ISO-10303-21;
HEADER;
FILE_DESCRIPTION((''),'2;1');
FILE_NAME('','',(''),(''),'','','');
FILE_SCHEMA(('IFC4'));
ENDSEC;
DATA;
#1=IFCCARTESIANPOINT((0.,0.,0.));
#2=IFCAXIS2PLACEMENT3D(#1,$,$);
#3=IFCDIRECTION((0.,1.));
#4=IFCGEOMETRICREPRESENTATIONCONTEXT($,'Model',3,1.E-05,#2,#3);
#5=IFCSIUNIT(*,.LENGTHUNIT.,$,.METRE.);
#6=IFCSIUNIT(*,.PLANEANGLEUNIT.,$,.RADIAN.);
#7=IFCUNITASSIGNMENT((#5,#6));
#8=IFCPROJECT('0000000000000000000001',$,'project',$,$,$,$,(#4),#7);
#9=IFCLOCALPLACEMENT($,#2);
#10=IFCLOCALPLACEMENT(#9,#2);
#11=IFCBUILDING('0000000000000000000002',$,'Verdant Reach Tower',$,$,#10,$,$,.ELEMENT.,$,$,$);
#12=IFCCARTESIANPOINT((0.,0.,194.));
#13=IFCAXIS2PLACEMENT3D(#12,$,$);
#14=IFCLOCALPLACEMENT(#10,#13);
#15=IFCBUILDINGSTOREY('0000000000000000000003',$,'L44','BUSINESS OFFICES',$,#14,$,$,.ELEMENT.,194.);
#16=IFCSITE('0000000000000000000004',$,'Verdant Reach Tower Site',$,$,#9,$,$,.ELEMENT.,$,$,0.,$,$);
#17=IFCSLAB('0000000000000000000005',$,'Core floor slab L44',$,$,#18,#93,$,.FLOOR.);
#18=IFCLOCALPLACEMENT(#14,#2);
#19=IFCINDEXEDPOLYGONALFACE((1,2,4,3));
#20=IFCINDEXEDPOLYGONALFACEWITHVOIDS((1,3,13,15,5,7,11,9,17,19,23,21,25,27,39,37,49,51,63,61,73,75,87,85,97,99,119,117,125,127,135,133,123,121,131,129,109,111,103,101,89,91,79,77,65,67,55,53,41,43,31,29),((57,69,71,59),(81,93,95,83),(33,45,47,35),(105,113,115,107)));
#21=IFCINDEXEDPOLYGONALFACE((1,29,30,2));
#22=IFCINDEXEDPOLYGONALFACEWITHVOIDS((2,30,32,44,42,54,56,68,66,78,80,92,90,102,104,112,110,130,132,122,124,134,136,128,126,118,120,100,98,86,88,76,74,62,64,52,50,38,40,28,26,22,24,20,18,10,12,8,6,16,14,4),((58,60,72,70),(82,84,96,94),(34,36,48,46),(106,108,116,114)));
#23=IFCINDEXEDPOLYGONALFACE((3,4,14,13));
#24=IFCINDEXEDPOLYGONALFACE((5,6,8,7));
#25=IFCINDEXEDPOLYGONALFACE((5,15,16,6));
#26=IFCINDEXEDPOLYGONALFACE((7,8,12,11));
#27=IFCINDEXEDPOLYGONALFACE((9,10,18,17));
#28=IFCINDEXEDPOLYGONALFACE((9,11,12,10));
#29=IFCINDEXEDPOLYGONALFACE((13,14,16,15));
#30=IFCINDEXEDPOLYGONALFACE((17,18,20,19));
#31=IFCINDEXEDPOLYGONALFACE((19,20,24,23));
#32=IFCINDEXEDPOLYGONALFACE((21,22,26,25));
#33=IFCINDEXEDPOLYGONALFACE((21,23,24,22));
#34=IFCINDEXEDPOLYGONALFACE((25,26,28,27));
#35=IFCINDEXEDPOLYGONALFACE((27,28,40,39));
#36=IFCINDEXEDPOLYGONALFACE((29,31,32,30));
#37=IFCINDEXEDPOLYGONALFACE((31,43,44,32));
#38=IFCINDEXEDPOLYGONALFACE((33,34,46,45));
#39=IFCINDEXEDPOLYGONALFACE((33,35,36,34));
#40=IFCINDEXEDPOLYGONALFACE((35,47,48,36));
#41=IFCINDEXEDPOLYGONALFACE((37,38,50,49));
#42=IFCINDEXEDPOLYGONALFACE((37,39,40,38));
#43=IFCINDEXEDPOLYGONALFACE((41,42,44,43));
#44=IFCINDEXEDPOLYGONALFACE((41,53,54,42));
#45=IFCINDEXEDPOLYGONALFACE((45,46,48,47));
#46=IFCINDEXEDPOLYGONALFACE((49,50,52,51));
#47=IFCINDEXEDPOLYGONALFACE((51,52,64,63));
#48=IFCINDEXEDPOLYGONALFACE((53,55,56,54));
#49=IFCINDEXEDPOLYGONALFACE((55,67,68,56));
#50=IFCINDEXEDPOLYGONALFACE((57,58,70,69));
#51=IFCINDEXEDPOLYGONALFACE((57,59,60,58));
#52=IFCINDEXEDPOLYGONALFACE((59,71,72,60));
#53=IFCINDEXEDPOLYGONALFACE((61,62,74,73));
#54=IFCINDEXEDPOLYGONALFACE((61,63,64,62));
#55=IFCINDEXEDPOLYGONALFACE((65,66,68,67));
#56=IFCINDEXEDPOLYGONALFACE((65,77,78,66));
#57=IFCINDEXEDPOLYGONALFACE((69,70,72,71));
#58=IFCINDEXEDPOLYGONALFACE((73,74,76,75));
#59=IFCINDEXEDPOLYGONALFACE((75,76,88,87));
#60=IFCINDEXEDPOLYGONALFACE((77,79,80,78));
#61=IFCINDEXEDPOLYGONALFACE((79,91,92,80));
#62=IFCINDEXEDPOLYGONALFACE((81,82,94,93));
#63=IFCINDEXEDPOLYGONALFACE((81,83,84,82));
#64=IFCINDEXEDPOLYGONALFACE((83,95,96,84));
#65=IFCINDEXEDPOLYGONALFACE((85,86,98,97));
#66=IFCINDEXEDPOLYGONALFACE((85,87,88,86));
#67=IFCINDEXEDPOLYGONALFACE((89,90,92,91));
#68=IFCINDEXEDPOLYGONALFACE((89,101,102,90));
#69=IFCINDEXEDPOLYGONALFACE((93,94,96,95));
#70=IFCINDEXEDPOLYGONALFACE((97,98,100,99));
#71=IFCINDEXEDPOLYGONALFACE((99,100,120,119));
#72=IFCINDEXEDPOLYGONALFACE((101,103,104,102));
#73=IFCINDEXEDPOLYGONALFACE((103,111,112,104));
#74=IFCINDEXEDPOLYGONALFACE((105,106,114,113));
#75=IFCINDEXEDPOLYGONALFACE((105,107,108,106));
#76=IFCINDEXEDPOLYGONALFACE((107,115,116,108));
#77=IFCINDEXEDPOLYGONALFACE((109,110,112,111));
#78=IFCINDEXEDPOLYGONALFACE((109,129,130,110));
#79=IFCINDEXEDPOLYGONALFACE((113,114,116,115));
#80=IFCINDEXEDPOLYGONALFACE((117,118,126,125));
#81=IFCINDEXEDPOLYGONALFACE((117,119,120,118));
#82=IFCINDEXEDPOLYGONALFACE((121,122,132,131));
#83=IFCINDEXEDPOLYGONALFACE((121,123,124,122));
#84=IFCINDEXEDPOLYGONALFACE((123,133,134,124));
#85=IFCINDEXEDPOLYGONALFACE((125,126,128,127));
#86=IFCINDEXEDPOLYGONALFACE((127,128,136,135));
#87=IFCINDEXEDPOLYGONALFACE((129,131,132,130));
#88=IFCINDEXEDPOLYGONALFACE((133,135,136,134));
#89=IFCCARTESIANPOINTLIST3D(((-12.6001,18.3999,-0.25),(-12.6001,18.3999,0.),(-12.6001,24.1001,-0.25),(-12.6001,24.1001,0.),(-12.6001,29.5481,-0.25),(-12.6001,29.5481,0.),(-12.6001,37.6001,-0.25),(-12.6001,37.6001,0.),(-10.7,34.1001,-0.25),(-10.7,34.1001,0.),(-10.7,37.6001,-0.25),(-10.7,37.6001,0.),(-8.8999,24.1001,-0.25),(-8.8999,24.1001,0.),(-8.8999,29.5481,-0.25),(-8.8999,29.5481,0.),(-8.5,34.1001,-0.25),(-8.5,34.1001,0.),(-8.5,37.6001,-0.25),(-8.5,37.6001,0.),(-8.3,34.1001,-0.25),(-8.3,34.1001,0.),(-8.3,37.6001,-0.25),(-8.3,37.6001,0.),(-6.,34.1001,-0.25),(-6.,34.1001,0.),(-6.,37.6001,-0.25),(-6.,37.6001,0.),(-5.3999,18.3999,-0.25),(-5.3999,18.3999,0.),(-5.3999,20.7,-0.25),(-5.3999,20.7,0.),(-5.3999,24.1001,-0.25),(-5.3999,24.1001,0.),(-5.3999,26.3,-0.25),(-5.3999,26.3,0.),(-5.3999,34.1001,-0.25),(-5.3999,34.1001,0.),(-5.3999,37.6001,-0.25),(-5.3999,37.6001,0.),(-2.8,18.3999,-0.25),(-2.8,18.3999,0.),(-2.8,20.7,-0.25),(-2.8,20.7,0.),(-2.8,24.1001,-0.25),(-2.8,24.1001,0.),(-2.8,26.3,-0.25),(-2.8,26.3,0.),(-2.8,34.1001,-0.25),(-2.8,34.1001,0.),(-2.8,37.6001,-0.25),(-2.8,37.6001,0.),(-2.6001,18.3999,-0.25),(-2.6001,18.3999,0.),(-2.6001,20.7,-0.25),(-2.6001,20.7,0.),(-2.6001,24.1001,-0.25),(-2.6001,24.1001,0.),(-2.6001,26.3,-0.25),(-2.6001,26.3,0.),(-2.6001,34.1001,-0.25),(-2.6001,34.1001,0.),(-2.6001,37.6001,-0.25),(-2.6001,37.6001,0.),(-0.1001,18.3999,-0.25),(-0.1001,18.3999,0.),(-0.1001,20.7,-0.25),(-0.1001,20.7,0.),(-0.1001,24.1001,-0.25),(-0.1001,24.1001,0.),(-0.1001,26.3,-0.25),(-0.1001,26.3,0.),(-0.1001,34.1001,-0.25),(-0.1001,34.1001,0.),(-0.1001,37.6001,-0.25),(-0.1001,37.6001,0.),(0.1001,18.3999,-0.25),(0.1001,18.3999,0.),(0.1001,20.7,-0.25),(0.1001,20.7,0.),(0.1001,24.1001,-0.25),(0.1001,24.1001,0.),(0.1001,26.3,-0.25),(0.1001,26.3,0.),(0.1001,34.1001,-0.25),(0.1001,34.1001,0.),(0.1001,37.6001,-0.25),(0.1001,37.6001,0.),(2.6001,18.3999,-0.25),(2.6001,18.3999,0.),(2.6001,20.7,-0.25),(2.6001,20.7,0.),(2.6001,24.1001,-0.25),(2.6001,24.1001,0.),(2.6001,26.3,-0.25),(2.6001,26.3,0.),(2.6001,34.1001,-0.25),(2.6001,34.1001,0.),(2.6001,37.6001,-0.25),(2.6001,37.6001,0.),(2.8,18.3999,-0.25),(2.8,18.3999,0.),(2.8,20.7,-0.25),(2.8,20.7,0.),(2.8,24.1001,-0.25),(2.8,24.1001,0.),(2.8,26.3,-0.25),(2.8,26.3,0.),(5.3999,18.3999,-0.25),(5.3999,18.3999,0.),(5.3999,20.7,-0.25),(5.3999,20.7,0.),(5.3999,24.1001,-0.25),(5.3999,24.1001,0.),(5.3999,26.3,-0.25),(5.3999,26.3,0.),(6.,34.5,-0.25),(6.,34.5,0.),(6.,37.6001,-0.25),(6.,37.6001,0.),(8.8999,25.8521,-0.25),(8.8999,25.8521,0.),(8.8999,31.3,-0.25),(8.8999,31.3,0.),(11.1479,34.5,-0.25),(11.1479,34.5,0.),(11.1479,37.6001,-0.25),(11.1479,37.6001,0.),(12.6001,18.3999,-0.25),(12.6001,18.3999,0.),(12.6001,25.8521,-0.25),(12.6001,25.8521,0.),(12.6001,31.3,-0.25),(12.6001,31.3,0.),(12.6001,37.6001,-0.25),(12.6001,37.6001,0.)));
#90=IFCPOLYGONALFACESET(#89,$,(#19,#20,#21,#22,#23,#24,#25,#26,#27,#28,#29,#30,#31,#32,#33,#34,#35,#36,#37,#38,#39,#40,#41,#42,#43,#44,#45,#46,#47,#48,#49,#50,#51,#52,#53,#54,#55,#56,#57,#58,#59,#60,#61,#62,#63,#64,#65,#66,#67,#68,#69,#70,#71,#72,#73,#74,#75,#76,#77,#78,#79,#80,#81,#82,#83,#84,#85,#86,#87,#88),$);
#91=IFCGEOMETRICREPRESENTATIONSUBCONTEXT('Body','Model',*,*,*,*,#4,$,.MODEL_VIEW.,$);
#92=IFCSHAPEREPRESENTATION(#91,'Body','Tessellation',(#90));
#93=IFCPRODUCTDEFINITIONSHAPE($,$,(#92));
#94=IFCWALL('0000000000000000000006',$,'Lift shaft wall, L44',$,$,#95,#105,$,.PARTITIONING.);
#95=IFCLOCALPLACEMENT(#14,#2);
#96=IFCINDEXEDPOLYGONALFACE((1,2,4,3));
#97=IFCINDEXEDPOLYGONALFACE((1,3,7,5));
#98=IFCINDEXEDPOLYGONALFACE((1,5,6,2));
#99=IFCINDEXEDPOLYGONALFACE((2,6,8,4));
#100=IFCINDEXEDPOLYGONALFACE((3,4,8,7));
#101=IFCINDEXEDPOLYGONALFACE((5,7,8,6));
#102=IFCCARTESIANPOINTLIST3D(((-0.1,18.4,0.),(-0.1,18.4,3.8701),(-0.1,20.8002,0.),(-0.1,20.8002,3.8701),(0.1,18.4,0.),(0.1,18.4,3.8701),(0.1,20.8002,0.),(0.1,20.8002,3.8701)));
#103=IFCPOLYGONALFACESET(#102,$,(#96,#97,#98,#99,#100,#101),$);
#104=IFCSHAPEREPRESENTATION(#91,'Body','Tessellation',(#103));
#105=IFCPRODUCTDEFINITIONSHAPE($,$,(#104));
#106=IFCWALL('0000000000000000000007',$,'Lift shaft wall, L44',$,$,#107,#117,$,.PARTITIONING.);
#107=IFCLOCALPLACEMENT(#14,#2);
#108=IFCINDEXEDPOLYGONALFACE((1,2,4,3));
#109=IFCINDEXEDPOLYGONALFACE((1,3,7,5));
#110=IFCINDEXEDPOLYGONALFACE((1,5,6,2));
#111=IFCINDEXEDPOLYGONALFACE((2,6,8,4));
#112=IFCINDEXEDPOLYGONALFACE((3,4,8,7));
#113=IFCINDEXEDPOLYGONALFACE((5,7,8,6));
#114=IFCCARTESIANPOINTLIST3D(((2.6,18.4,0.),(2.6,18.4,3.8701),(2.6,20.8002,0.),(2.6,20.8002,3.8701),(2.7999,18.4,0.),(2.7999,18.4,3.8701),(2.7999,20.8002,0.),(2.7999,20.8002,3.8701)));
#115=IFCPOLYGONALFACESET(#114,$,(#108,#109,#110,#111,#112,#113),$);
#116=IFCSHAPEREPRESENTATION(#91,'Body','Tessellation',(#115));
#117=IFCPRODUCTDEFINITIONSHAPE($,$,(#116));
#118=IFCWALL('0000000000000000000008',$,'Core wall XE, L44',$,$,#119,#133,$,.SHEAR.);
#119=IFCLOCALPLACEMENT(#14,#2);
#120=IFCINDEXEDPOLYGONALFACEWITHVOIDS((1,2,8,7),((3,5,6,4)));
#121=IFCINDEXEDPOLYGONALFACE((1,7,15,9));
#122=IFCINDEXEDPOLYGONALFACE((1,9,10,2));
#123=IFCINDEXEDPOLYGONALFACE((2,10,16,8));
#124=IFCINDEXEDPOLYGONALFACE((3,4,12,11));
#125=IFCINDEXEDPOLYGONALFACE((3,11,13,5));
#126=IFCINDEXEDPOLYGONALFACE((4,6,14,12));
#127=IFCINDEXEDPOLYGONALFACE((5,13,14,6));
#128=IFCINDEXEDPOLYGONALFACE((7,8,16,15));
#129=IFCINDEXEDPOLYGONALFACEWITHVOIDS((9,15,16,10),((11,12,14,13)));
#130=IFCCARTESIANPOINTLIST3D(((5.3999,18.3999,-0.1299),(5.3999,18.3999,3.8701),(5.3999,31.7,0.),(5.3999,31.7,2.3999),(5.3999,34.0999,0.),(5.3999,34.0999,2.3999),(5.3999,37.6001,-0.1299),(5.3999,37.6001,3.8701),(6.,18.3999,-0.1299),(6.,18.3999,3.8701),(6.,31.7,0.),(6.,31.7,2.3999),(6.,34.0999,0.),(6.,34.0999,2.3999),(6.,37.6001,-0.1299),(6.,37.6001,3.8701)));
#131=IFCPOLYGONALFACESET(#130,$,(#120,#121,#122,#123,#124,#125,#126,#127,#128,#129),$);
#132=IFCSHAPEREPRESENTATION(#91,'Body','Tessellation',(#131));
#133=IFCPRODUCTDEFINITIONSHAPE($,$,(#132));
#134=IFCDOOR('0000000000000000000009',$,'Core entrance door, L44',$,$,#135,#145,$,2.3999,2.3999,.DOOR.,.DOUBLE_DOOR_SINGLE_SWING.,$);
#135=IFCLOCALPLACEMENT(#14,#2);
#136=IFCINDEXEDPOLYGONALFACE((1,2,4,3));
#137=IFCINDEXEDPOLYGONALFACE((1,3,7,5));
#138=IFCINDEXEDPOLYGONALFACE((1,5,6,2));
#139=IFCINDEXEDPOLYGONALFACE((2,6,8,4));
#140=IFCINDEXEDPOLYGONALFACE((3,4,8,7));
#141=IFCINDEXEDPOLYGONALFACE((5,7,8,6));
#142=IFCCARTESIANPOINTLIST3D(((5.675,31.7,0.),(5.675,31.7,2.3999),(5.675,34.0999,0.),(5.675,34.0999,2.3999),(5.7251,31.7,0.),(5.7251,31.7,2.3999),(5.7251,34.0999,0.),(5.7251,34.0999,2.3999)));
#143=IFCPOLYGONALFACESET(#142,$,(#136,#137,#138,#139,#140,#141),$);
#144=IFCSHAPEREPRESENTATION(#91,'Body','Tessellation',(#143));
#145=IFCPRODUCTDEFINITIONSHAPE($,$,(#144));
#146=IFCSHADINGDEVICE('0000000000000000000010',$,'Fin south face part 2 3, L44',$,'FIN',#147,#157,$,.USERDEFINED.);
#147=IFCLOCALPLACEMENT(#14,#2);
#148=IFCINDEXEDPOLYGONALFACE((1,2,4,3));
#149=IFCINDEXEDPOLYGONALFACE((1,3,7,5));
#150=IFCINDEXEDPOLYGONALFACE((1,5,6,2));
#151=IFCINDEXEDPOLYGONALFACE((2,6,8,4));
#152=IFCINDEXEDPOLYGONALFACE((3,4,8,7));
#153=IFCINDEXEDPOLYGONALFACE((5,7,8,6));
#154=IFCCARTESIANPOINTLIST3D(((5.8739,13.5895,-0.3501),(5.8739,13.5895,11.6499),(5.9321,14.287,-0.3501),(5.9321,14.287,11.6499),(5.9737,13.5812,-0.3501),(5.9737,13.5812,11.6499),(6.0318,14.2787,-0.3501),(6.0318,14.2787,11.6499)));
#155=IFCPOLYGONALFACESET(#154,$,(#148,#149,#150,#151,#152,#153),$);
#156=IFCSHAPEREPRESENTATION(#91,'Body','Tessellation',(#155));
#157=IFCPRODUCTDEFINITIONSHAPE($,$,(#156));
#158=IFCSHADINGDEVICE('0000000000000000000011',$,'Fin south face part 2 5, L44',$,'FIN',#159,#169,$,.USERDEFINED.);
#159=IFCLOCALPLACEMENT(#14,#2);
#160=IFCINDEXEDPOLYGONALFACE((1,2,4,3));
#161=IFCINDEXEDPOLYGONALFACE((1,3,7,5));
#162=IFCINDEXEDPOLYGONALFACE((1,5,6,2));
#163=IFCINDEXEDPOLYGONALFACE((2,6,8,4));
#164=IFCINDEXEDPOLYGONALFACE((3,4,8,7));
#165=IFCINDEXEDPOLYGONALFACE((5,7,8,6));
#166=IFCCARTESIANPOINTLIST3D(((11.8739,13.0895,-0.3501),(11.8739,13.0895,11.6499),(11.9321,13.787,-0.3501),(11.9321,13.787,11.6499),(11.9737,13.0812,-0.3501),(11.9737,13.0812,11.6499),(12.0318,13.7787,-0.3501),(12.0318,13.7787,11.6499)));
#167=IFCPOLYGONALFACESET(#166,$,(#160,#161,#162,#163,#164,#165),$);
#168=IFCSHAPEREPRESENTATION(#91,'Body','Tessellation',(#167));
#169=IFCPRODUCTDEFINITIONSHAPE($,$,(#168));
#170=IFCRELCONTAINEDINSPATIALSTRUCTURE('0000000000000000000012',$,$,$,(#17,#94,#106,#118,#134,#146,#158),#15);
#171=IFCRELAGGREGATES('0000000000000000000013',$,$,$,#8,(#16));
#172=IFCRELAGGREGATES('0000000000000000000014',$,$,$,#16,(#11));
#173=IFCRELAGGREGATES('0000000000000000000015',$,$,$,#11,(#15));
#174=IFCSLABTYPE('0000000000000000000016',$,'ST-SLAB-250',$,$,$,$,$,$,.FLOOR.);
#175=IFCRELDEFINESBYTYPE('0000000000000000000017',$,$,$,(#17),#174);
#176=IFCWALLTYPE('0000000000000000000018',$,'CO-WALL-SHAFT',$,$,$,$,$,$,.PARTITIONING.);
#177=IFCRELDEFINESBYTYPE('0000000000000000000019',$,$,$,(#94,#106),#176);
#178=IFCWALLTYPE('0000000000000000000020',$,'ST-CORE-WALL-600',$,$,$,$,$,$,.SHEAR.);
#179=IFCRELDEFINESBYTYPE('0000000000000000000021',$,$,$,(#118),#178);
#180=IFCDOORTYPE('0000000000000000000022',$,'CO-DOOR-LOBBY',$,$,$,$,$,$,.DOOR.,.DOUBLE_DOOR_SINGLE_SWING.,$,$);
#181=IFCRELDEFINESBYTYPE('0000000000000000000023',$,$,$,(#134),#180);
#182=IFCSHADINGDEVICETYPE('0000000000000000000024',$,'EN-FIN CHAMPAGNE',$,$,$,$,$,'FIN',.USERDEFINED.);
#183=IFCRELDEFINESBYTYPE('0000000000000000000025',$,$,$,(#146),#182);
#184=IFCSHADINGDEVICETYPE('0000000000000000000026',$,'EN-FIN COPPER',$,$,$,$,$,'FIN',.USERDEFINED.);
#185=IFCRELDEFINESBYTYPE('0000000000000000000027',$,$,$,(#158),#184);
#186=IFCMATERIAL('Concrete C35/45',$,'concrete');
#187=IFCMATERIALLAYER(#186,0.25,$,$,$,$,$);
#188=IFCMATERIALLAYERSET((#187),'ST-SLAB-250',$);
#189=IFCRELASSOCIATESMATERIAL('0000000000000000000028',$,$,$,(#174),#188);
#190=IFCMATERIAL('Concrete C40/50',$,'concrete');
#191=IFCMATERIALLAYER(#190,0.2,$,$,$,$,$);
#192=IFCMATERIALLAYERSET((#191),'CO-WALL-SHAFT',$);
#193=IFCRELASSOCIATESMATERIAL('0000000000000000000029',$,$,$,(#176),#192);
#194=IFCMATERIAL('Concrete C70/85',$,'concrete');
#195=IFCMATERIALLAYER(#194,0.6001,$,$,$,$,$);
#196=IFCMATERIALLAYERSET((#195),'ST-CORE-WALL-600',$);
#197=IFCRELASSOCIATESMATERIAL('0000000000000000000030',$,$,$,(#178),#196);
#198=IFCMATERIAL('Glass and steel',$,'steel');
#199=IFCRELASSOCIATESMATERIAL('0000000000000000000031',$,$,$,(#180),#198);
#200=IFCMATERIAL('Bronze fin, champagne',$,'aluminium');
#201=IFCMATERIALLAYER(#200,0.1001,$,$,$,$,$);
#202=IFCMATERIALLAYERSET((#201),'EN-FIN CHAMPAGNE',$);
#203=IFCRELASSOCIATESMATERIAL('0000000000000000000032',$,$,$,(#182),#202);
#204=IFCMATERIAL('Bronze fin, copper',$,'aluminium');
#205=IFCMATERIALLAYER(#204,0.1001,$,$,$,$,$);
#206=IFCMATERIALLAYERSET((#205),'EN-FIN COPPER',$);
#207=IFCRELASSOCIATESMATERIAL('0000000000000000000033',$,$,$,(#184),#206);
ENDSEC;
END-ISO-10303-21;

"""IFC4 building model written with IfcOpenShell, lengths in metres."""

from ifc_helpers import new_model, si_unit, direction, frame, frame_2d, origin, origin_2d, place, context, subcontext, project, spatial, polyline, rectangle, outline, extrude, material, layer, layer_set, type_object, element, fill, save


model = new_model("IFC4")

# Units and contexts
model_context = context("Model", 3, precision=1e-05, world=origin(), true_north=direction((0.0, 1.0)))
body_context = subcontext(model_context, "Body", "Model", "MODEL_VIEW")
ifc_project = project(units=[si_unit("LENGTHUNIT", "METRE"), si_unit("PLANEANGLEUNIT", "RADIAN")], contexts=[model_context])

# Site, building, storey
site_placement = place(None, origin())
site = spatial("IfcSite", under=ifc_project, at=site_placement, Name="Verdant Reach Tower Site", CompositionType="ELEMENT", RefElevation=0.0)
building_placement = place(site_placement, origin())
building = spatial("IfcBuilding", under=site, at=building_placement, Name="Verdant Reach Tower", CompositionType="ELEMENT")
storey_placement = place(building_placement, frame((0.0, 0.0, 194.0)))
storey = spatial("IfcBuildingStorey", under=building, at=storey_placement, Name="L44", Description="BUSINESS OFFICES", CompositionType="ELEMENT", Elevation=194.0)

# Shared definitions
ifc_material_1 = material(Name="Concrete C40/50", Category="concrete")

# Slab
ifc_material_2 = material(Name="Concrete C35/45", Category="concrete")
ifc_layer_1 = layer(ifc_material_2, 0.25)
ifc_layer_set_1 = layer_set([ifc_layer_1], Name="ST-SLAB-250")
slab_type_1 = type_object("IfcSlabType", Name="ST-SLAB-250", PredefinedType="FLOOR", material=ifc_layer_set_1)
slab_1_placement = place(storey_placement, frame((0.0, 0.0, -0.25)))
element("IfcSlab", 1, at=slab_1_placement, inside=storey, type_object=slab_type_1, Name="Core floor slab L44", PredefinedType="FLOOR", context=body_context, shape_type="SweptSolid", body=[
    extrude(outline(polyline([(12.6001, 18.3999), (5.3999, 18.3999), (5.3999, 20.7), (2.8, 20.7), (2.8, 18.3999), (2.6001, 18.3999), (2.6001, 20.7), (0.1001, 20.7), (0.1001, 18.3999), (-0.1001, 18.3999), (-0.1001, 20.7), (-2.6001, 20.7), (-2.6001, 18.3999), (-2.8, 18.3999), (-2.8, 20.7), (-5.3999, 20.7), (-5.3999, 18.3999), (-12.6001, 18.3999), (-12.6001, 24.1001), (-8.8999, 24.1001), (-8.8999, 29.5481), (-12.6001, 29.5481), (-12.6001, 37.6001), (-10.7, 37.6001), (-10.7, 34.1001), (-8.5, 34.1001), (-8.5, 37.6001), (-8.3, 37.6001), (-8.3, 34.1001), (-6.0, 34.1001), (-6.0, 37.6001), (-5.3999, 37.6001), (-5.3999, 34.1001), (-2.8, 34.1001), (-2.8, 37.6001), (-2.6001, 37.6001), (-2.6001, 34.1001), (-0.1001, 34.1001), (-0.1001, 37.6001), (0.1001, 37.6001), (0.1001, 34.1001), (2.6001, 34.1001), (2.6001, 37.6001), (6.0, 37.6001), (6.0, 34.5), (11.1479, 34.5), (11.1479, 37.6001), (12.6001, 37.6001), (12.6001, 31.3), (8.8999, 31.3), (8.8999, 25.8521), (12.6001, 25.8521), (12.6001, 18.3999)]), holes=[polyline([(-2.8, 24.1001), (-2.8, 26.3), (-5.3999, 26.3), (-5.3999, 24.1001), (-2.8, 24.1001)]), polyline([(-0.1001, 24.1001), (-0.1001, 26.3), (-2.6001, 26.3), (-2.6001, 24.1001), (-0.1001, 24.1001)]), polyline([(2.6001, 24.1001), (2.6001, 26.3), (0.1001, 26.3), (0.1001, 24.1001), (2.6001, 24.1001)]), polyline([(5.3999, 24.1001), (5.3999, 26.3), (2.8, 26.3), (2.8, 24.1001), (5.3999, 24.1001)])]), origin(), (0.0, 0.0, 1.0), 0.25),
])

# Walls
ifc_layer_2 = layer(ifc_material_1, 0.2)
ifc_layer_set_2 = layer_set([ifc_layer_2], Name="CO-WALL-SHAFT")
wall_type_1 = type_object("IfcWallType", Name="CO-WALL-SHAFT", PredefinedType="PARTITIONING", material=ifc_layer_set_2)
for number, where, z_axis, x_axis, name in (
    (2, (0.0, 18.3999, 0.0), (0.0, 0.0, 1.0), (0.0, 1.0, 0.0), "Lift shaft wall, L44"),
    (3, (2.7, 18.3999, 0.0), (0.0, 0.0, 1.0), (0.0, 1.0, 0.0), "Lift shaft wall, L44"),
):
    element("IfcWall", number, at=place(storey_placement, frame(where, z_axis=z_axis, x_axis=x_axis)), inside=storey, type_object=wall_type_1, Name=name, PredefinedType="PARTITIONING", context=body_context, shape_type="SweptSolid", body=[
        extrude(rectangle(XDim=2.4001, YDim=0.2, at=frame_2d((1.2002, 0.0))), origin(), (0.0, 0.0, 1.0), 3.8701),
    ])

# Wall, opening, door
ifc_material_3 = material(Name="Concrete C70/85", Category="concrete")
ifc_layer_3 = layer(ifc_material_3, 0.6001)
ifc_layer_set_3 = layer_set([ifc_layer_3], Name="ST-CORE-WALL-600")
wall_type_2 = type_object("IfcWallType", Name="ST-CORE-WALL-600", PredefinedType="SHEAR", material=ifc_layer_set_3)
wall_placement = place(storey_placement, frame((5.7, 18.3999, -0.1299), z_axis=(0.0, 0.0, 1.0), x_axis=(0.0, 1.0, 0.0)))
wall = element("IfcWall", 4, at=wall_placement, inside=storey, type_object=wall_type_2, Name="Core wall XE, L44", PredefinedType="SHEAR", context=body_context, shape_type="SweptSolid", body=[
    extrude(rectangle(XDim=19.2002, YDim=0.6001, at=frame_2d((9.6001, 0.0))), origin(), (0.0, 0.0, 1.0), 4.0),
])
opening_placement = place(wall_placement, frame((13.3, 0.0, 0.1299)))
opening = element("IfcOpeningElement", 5, at=opening_placement, cuts=wall, PredefinedType="OPENING", context=body_context, shape_type="SweptSolid", body=[
    extrude(rectangle(XDim=2.3999, YDim=2.3999, at=frame_2d((1.2, 1.2))), frame((0.0, 0.3101, 0.0), z_axis=(0.0, -1.0, 0.0), x_axis=(1.0, 0.0, 0.0)), (0.0, 0.0, 1.0), 0.6201),
])
ifc_material_4 = material(Name="Glass and steel", Category="steel")
door_type = type_object("IfcDoorType", Name="CO-DOOR-LOBBY", OperationType="DOUBLE_DOOR_SINGLE_SWING", PredefinedType="DOOR", material=ifc_material_4)
door_placement = place(opening_placement, origin())
door = element("IfcDoor", 6, at=door_placement, inside=storey, type_object=door_type, Name="Core entrance door, L44", OperationType="DOUBLE_DOOR_SINGLE_SWING", OverallHeight=2.3999, OverallWidth=2.3999, PredefinedType="DOOR", context=body_context, shape_type="SweptSolid", body=[
    extrude(rectangle(XDim=2.3999, YDim=2.3999, at=frame_2d((1.2, 1.2))), frame((0.0, 0.0249, 0.0), z_axis=(0.0, -1.0, 0.0), x_axis=(1.0, 0.0, 0.0)), (0.0, 0.0, 1.0), 0.05),
])
fill(opening, door)

# Shading devices
ifc_material_5 = material(Name="Bronze fin, champagne", Category="aluminium")
ifc_layer_4 = layer(ifc_material_5, 0.1001)
ifc_layer_set_4 = layer_set([ifc_layer_4], Name="EN-FIN CHAMPAGNE")
shading_device_type_1 = type_object("IfcShadingDeviceType", Name="EN-FIN CHAMPAGNE", ElementType="FIN", PredefinedType="USERDEFINED", material=ifc_layer_set_4)
shading_device_1_placement = place(storey_placement, frame((5.9529, 13.9341, -0.3501), z_axis=(0.0, 0.0, 1.0), x_axis=(0.996546, -0.083045, 0.0)))
element("IfcShadingDevice", 7, at=shading_device_1_placement, inside=storey, type_object=shading_device_type_1, Name="Fin south face part 2 3, L44", ObjectType="FIN", PredefinedType="USERDEFINED", context=body_context, shape_type="SweptSolid", body=[
    extrude(rectangle(XDim=0.1001, YDim=0.7, at=origin_2d()), origin(), (0.0, 0.0, 1.0), 12.0),
])
ifc_material_6 = material(Name="Bronze fin, copper", Category="aluminium")
ifc_layer_5 = layer(ifc_material_6, 0.1001)
ifc_layer_set_5 = layer_set([ifc_layer_5], Name="EN-FIN COPPER")
shading_device_type_2 = type_object("IfcShadingDeviceType", Name="EN-FIN COPPER", ElementType="FIN", PredefinedType="USERDEFINED", material=ifc_layer_set_5)
shading_device_2_placement = place(storey_placement, frame((11.9529, 13.4341, -0.3501), z_axis=(0.0, 0.0, 1.0), x_axis=(0.996546, -0.083045, 0.0)))
element("IfcShadingDevice", 8, at=shading_device_2_placement, inside=storey, type_object=shading_device_type_2, Name="Fin south face part 2 5, L44", ObjectType="FIN", PredefinedType="USERDEFINED", context=body_context, shape_type="SweptSolid", body=[
    extrude(rectangle(XDim=0.1001, YDim=0.7, at=origin_2d()), origin(), (0.0, 0.0, 1.0), 12.0),
])

save(model, "model.ifc")
